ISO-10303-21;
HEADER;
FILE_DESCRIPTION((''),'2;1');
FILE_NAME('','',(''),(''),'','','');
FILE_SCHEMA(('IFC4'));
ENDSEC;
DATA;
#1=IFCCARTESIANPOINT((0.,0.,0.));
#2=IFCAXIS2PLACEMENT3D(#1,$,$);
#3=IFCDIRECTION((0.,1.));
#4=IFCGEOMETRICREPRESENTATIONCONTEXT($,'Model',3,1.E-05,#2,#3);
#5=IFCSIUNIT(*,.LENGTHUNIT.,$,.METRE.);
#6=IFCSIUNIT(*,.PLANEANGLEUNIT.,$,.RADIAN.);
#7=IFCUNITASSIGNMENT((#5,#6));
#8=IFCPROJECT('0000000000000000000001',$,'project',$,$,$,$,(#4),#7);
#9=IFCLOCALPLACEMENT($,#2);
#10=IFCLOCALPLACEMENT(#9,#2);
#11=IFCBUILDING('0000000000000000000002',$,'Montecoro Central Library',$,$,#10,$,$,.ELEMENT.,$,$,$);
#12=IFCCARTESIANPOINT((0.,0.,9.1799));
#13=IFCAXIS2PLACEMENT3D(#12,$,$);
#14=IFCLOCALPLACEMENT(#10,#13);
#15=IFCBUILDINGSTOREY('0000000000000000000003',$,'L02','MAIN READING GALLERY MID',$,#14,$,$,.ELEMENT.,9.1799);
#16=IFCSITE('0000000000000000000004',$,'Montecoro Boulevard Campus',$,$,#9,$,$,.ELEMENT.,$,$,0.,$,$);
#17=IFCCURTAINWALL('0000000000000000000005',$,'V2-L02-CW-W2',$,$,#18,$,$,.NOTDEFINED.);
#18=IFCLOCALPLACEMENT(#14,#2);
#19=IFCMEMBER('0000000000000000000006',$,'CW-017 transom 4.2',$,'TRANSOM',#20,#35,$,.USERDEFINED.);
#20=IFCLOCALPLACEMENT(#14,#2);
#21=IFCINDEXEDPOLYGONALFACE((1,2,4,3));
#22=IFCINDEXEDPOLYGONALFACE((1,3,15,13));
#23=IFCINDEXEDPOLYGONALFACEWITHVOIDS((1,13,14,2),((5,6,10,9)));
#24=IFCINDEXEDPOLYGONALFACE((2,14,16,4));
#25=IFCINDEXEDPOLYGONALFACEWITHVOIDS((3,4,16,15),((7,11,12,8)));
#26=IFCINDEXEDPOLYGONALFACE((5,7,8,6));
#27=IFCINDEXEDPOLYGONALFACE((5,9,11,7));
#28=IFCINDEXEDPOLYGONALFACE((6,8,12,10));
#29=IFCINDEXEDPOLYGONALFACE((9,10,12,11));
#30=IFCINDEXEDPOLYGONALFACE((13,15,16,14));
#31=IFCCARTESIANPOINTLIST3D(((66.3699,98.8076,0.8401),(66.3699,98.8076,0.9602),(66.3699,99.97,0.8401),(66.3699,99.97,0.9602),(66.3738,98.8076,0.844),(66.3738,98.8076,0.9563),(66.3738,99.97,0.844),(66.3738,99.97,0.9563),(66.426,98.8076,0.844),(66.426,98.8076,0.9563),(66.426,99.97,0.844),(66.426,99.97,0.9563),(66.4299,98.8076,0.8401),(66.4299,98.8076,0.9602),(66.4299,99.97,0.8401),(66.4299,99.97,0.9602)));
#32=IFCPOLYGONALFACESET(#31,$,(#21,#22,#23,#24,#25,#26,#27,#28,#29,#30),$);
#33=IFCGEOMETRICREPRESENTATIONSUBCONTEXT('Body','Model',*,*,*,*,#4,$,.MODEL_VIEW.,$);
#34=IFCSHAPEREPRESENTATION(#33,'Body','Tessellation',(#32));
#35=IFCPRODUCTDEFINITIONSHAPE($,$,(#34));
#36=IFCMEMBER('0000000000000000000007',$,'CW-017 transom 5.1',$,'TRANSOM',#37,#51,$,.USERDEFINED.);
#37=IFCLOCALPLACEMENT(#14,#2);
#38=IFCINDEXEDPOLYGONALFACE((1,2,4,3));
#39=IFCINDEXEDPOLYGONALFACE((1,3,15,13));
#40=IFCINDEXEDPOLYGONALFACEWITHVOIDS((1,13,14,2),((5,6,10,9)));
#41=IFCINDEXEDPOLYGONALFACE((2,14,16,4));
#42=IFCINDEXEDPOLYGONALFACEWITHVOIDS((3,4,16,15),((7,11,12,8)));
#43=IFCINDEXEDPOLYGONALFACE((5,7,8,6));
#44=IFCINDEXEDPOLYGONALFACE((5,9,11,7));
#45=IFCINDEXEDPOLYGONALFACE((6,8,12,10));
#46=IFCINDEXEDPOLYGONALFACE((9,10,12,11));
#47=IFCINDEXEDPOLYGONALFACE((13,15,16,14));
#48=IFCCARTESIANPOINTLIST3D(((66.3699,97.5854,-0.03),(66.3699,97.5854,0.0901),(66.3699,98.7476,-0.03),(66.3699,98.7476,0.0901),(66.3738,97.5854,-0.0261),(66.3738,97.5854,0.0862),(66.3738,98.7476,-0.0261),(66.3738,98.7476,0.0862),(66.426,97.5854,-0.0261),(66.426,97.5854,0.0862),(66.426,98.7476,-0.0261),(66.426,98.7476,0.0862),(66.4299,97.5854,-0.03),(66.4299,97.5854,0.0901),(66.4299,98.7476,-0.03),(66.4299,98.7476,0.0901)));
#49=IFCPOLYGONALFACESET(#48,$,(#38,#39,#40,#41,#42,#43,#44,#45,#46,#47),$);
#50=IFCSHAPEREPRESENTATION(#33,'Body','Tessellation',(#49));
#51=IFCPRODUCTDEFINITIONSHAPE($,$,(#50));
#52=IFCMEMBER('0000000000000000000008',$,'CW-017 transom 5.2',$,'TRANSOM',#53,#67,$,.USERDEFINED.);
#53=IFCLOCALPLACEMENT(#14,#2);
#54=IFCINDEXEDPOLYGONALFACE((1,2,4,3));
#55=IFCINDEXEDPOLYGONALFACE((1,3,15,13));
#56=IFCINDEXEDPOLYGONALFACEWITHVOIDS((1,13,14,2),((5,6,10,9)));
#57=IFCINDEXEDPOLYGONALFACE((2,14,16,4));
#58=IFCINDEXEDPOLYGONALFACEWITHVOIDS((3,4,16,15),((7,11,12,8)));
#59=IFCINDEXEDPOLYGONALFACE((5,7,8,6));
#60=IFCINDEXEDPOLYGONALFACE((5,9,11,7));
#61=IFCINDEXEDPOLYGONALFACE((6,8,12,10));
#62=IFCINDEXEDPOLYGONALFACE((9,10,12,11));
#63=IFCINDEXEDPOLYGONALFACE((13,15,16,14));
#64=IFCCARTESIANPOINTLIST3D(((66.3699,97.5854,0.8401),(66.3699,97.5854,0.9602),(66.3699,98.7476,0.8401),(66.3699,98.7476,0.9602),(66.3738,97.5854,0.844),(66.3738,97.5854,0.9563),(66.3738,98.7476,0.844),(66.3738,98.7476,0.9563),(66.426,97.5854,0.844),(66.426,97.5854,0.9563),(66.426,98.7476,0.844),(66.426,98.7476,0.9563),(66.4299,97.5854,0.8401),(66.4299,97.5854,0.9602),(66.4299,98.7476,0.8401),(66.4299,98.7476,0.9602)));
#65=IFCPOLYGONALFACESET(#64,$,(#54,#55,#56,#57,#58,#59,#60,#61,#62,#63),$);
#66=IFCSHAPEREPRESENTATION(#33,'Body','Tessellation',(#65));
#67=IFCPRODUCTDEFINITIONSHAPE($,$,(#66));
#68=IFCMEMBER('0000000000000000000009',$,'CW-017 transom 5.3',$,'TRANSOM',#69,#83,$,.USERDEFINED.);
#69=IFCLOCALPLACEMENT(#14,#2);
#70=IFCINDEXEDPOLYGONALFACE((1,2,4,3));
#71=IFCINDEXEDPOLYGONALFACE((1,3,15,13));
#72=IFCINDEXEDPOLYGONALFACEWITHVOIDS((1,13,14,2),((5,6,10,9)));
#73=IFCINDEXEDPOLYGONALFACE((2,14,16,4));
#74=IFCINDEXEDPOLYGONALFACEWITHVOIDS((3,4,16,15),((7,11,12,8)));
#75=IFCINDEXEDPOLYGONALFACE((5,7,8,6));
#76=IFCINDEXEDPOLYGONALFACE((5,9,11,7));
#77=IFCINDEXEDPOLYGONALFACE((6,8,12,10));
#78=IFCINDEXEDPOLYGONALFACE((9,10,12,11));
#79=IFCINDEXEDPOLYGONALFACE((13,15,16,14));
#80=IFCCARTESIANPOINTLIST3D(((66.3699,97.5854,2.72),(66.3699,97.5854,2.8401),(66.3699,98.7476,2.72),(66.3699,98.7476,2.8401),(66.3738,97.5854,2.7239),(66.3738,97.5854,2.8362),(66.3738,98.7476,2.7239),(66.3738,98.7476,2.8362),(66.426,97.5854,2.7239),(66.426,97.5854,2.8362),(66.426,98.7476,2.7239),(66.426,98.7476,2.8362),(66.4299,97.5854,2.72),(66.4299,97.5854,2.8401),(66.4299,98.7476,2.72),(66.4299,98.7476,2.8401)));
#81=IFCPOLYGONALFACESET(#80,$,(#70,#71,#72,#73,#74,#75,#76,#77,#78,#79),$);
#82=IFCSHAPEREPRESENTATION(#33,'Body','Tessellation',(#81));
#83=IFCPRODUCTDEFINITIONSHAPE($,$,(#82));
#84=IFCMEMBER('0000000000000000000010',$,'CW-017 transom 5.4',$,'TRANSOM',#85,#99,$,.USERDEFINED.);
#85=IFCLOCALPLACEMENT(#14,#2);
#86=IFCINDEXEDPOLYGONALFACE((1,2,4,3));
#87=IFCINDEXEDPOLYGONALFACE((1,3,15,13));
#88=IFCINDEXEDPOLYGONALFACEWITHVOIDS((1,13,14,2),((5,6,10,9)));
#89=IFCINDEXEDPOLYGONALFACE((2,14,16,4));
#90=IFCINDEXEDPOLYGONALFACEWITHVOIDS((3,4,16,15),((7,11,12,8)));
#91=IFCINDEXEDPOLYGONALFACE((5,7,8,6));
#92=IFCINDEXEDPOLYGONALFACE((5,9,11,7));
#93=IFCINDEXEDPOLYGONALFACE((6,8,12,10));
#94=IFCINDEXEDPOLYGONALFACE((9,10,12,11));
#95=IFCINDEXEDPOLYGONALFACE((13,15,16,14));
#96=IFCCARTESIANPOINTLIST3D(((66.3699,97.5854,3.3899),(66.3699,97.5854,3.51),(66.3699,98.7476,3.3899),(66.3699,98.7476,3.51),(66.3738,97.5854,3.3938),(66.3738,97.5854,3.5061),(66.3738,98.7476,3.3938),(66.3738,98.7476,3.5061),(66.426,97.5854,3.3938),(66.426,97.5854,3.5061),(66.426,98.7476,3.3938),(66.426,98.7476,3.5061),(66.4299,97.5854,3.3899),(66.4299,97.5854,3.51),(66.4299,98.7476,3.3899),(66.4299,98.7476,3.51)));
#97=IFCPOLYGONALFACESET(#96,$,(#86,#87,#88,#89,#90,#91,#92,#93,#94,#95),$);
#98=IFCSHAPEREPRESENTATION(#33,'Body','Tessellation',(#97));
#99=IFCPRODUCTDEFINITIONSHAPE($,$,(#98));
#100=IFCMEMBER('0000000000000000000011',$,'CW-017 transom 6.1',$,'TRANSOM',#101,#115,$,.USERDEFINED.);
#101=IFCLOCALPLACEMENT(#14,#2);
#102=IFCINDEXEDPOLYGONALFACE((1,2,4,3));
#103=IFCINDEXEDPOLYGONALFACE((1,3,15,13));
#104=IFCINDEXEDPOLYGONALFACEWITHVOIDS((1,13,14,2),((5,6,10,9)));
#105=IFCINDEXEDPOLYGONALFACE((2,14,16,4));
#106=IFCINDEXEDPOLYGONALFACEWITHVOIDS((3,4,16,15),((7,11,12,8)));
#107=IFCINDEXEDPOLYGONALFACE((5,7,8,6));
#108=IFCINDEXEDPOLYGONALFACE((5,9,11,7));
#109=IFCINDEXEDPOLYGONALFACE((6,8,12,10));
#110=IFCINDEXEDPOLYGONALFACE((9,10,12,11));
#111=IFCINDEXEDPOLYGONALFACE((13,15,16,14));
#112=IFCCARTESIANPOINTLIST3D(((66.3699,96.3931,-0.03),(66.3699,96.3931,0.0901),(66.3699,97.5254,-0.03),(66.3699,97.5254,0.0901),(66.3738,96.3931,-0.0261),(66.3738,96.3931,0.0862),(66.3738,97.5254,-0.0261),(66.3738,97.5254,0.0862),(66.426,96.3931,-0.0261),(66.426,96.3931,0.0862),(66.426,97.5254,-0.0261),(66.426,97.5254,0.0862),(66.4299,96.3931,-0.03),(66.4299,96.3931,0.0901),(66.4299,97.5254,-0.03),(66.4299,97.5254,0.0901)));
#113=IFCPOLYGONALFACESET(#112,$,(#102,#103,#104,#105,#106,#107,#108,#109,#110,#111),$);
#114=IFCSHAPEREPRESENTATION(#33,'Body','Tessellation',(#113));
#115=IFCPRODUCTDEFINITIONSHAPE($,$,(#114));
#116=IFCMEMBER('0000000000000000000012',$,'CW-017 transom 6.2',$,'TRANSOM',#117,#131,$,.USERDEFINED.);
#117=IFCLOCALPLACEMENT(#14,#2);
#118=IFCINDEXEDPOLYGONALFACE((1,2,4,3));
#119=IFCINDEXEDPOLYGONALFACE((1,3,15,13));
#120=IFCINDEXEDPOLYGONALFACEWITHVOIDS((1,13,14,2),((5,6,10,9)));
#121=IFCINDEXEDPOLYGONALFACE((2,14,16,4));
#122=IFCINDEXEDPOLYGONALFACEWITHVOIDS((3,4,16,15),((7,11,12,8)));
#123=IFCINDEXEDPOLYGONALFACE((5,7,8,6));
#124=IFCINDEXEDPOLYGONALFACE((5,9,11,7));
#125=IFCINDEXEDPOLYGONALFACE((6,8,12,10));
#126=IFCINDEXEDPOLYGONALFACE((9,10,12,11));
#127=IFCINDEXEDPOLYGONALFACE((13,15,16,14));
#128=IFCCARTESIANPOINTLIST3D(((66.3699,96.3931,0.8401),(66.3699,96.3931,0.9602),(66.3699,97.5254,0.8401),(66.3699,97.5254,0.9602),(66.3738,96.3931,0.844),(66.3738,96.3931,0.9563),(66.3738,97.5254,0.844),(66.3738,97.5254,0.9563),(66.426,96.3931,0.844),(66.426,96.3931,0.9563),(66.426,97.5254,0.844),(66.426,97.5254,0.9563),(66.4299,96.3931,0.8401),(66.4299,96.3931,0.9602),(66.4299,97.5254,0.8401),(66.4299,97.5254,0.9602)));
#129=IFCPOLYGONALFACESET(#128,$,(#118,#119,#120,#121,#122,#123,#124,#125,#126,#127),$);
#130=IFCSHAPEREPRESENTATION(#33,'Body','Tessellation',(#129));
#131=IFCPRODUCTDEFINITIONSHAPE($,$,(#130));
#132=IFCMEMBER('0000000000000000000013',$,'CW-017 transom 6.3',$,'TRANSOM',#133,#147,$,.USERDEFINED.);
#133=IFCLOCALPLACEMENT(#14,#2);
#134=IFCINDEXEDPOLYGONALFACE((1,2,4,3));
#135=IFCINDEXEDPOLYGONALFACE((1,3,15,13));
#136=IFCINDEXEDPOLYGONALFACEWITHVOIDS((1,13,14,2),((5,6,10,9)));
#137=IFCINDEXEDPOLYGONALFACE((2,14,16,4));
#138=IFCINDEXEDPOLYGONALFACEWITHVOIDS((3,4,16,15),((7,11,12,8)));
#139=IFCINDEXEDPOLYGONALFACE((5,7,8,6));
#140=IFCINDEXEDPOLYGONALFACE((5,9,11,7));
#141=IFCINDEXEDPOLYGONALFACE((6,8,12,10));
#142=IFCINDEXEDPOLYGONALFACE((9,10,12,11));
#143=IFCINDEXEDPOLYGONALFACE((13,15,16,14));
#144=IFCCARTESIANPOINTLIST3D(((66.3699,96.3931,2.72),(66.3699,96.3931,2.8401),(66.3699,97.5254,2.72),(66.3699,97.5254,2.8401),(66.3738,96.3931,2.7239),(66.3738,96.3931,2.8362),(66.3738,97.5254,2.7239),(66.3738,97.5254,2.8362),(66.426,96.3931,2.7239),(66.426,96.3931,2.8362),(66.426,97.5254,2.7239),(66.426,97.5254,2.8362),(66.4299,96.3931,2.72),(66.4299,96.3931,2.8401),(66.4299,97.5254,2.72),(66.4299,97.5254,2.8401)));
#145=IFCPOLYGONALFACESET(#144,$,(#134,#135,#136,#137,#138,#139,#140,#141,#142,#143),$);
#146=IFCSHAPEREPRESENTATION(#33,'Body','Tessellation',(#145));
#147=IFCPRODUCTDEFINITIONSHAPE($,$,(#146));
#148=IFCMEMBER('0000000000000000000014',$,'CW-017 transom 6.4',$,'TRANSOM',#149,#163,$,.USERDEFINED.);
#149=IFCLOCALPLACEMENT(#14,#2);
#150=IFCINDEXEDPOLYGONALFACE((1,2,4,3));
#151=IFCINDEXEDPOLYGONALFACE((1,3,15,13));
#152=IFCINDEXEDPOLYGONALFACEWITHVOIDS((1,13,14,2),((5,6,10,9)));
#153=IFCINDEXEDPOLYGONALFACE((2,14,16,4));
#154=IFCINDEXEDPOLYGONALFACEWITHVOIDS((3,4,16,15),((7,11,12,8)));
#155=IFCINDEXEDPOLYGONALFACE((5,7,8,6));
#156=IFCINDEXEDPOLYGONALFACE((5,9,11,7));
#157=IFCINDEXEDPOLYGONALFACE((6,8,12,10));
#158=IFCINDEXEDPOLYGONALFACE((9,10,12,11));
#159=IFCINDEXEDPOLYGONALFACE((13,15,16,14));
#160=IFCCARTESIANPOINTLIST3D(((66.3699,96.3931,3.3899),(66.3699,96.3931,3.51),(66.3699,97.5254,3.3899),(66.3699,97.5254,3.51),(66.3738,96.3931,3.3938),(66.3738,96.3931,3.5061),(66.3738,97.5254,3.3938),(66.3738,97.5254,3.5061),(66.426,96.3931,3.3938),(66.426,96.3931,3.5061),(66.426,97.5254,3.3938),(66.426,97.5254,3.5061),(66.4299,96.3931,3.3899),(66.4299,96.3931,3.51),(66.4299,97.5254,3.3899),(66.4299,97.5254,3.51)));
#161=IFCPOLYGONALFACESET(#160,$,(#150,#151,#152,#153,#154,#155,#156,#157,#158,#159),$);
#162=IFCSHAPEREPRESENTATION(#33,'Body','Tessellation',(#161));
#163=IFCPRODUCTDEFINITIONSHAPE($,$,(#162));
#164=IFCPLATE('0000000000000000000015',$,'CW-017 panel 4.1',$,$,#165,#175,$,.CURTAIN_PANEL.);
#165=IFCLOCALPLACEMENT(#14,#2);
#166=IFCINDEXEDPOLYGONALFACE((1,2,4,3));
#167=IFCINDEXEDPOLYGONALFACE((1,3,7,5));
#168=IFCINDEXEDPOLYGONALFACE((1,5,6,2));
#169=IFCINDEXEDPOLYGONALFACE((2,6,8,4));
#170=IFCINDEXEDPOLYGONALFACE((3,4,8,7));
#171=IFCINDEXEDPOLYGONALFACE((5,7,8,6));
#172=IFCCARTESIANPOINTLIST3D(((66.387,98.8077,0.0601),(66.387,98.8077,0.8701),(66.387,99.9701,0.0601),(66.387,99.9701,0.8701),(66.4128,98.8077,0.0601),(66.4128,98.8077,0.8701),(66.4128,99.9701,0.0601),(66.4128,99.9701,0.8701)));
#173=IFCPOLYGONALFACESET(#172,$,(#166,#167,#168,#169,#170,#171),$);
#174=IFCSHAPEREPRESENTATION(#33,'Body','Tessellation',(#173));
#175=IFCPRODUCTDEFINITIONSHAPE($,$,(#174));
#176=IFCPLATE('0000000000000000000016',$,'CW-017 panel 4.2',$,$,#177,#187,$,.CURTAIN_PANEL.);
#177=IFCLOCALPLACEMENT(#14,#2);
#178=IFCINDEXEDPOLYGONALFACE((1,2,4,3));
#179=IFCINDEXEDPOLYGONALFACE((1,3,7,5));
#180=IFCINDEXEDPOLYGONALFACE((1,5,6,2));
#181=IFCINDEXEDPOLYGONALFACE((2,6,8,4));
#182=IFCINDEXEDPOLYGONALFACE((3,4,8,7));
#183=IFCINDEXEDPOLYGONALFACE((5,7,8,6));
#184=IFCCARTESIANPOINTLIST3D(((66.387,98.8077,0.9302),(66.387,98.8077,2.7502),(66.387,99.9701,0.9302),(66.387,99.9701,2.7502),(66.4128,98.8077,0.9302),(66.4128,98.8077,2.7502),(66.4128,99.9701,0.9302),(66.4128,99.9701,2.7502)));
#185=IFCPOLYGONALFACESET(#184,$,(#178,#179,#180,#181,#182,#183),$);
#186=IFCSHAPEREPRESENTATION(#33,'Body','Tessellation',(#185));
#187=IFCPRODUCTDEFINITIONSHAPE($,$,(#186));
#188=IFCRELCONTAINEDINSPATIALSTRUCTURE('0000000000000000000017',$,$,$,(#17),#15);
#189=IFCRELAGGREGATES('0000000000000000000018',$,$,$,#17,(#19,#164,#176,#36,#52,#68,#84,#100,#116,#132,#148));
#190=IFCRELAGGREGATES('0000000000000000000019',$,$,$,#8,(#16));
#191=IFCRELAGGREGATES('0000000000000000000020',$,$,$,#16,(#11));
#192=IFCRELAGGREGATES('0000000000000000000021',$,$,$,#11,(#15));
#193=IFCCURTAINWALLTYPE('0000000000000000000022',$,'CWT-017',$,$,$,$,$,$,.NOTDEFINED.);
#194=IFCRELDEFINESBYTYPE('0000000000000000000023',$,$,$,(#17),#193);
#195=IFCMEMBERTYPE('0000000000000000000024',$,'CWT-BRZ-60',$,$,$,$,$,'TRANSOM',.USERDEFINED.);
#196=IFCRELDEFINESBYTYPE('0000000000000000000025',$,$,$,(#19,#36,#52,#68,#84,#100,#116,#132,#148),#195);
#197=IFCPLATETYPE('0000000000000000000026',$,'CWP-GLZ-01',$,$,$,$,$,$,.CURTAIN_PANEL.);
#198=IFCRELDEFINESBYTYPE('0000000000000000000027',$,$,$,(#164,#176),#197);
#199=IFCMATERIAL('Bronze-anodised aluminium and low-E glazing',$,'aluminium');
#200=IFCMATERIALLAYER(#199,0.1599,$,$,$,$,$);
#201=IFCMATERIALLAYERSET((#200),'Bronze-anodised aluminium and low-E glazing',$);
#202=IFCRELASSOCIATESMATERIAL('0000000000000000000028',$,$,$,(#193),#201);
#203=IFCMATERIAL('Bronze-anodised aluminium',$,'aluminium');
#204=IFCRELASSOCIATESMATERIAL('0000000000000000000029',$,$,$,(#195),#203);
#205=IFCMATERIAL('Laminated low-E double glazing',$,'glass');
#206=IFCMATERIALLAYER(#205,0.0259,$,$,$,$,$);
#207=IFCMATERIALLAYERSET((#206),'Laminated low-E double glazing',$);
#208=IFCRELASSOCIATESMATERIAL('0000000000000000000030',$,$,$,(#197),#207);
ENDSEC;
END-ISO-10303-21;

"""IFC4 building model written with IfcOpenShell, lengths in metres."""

from ifc_helpers import new_model, si_unit, direction, frame, origin, origin_2d, place, context, subcontext, project, spatial, rectangle, hollow_rectangle, extrude, material, layer, layer_set, material_profile, profile_set, type_object, element, aggregate, save


model = new_model("IFC4")

# Units and contexts
model_context = context("Model", 3, precision=1e-05, world=origin(), true_north=direction((0.0, 1.0)))
body_context = subcontext(model_context, "Body", "Model", "MODEL_VIEW")
ifc_project = project(units=[si_unit("LENGTHUNIT", "METRE"), si_unit("PLANEANGLEUNIT", "RADIAN")], contexts=[model_context])

# Site, building, storey
site_placement = place(None, origin())
site = spatial("IfcSite", under=ifc_project, at=site_placement, Name="Montecoro Boulevard Campus", CompositionType="ELEMENT", RefElevation=0.0)
building_placement = place(site_placement, origin())
building = spatial("IfcBuilding", under=site, at=building_placement, Name="Montecoro Central Library", CompositionType="ELEMENT")
storey_placement = place(building_placement, frame((0.0, 0.0, 9.1799)))
storey = spatial("IfcBuildingStorey", under=building, at=storey_placement, Name="L02", Description="MAIN READING GALLERY MID", CompositionType="ELEMENT", Elevation=9.1799)

# Curtain wall, members, plates
ifc_material_1 = material(Name="Bronze-anodised aluminium and low-E glazing", Category="aluminium")
ifc_layer_1 = layer(ifc_material_1, 0.1599)
ifc_layer_set_1 = layer_set([ifc_layer_1], Name="Bronze-anodised aluminium and low-E glazing")
curtain_wall_type = type_object("IfcCurtainWallType", Name="CWT-017", PredefinedType="NOTDEFINED", material=ifc_layer_set_1)
curtain_wall_placement = place(storey_placement, origin())
curtain_wall = element("IfcCurtainWall", 1, at=curtain_wall_placement, inside=storey, type_object=curtain_wall_type, Name="V2-L02-CW-W2", PredefinedType="NOTDEFINED")
ifc_material_2 = material(Name="Bronze-anodised aluminium", Category="aluminium")
ifc_material_profile_1 = material_profile(ifc_material_2, hollow_rectangle(XDim=0.0601, YDim=0.1201, WallThickness=0.0039, at=origin_2d()), Name="CWT 120x60x4.0")
ifc_profile_set_1 = profile_set([ifc_material_profile_1], Name="Bronze-anodised aluminium")
member_type_1 = type_object("IfcMemberType", Name="CWT-BRZ-60", ElementType="TRANSOM", PredefinedType="USERDEFINED", material=ifc_profile_set_1)
member_1_placement = place(storey_placement, frame((66.3999, 99.97, 0.9001), z_axis=(0.0, -1.0, 0.0), x_axis=(1.0, 0.0, 0.0)))
member_1 = element("IfcMember", 2, at=member_1_placement, type_object=member_type_1, Name="CW-017 transom 4.2", ObjectType="TRANSOM", PredefinedType="USERDEFINED", context=body_context, shape_type="SweptSolid", body=[
    extrude(hollow_rectangle(XDim=0.0601, YDim=0.1201, WallThickness=0.0039, at=origin_2d()), origin(), (0.0, 0.0, 1.0), 1.1624),
])
member_2_placement = place(storey_placement, frame((66.3999, 98.7476, 0.03), z_axis=(0.0, -1.0, 0.0), x_axis=(1.0, 0.0, 0.0)))
member_2 = element("IfcMember", 3, at=member_2_placement, type_object=member_type_1, Name="CW-017 transom 5.1", ObjectType="TRANSOM", PredefinedType="USERDEFINED", context=body_context, shape_type="SweptSolid", body=[
    extrude(hollow_rectangle(XDim=0.0601, YDim=0.1201, WallThickness=0.0039, at=origin_2d()), origin(), (0.0, 0.0, 1.0), 1.1621),
])
member_3_placement = place(storey_placement, frame((66.3999, 98.7476, 0.9001), z_axis=(0.0, -1.0, 0.0), x_axis=(1.0, 0.0, 0.0)))
member_3 = element("IfcMember", 4, at=member_3_placement, type_object=member_type_1, Name="CW-017 transom 5.2", ObjectType="TRANSOM", PredefinedType="USERDEFINED", context=body_context, shape_type="SweptSolid", body=[
    extrude(hollow_rectangle(XDim=0.0601, YDim=0.1201, WallThickness=0.0039, at=origin_2d()), origin(), (0.0, 0.0, 1.0), 1.1621),
])
member_4_placement = place(storey_placement, frame((66.3999, 98.7476, 2.78), z_axis=(0.0, -1.0, 0.0), x_axis=(1.0, 0.0, 0.0)))
member_4 = element("IfcMember", 5, at=member_4_placement, type_object=member_type_1, Name="CW-017 transom 5.3", ObjectType="TRANSOM", PredefinedType="USERDEFINED", context=body_context, shape_type="SweptSolid", body=[
    extrude(hollow_rectangle(XDim=0.0601, YDim=0.1201, WallThickness=0.0039, at=origin_2d()), origin(), (0.0, 0.0, 1.0), 1.1621),
])
member_5_placement = place(storey_placement, frame((66.3999, 98.7476, 3.45), z_axis=(0.0, -1.0, 0.0), x_axis=(1.0, 0.0, 0.0)))
member_5 = element("IfcMember", 6, at=member_5_placement, type_object=member_type_1, Name="CW-017 transom 5.4", ObjectType="TRANSOM", PredefinedType="USERDEFINED", context=body_context, shape_type="SweptSolid", body=[
    extrude(hollow_rectangle(XDim=0.0601, YDim=0.1201, WallThickness=0.0039, at=origin_2d()), origin(), (0.0, 0.0, 1.0), 1.1621),
])
member_6_placement = place(storey_placement, frame((66.3999, 97.5254, 0.03), z_axis=(0.0, -1.0, 0.0), x_axis=(1.0, 0.0, 0.0)))
member_6 = element("IfcMember", 7, at=member_6_placement, type_object=member_type_1, Name="CW-017 transom 6.1", ObjectType="TRANSOM", PredefinedType="USERDEFINED", context=body_context, shape_type="SweptSolid", body=[
    extrude(hollow_rectangle(XDim=0.0601, YDim=0.1201, WallThickness=0.0039, at=origin_2d()), origin(), (0.0, 0.0, 1.0), 1.1323),
])
member_7_placement = place(storey_placement, frame((66.3999, 97.5254, 0.9001), z_axis=(0.0, -1.0, 0.0), x_axis=(1.0, 0.0, 0.0)))
member_7 = element("IfcMember", 8, at=member_7_placement, type_object=member_type_1, Name="CW-017 transom 6.2", ObjectType="TRANSOM", PredefinedType="USERDEFINED", context=body_context, shape_type="SweptSolid", body=[
    extrude(hollow_rectangle(XDim=0.0601, YDim=0.1201, WallThickness=0.0039, at=origin_2d()), origin(), (0.0, 0.0, 1.0), 1.1323),
])
member_8_placement = place(storey_placement, frame((66.3999, 97.5254, 2.78), z_axis=(0.0, -1.0, 0.0), x_axis=(1.0, 0.0, 0.0)))
member_8 = element("IfcMember", 9, at=member_8_placement, type_object=member_type_1, Name="CW-017 transom 6.3", ObjectType="TRANSOM", PredefinedType="USERDEFINED", context=body_context, shape_type="SweptSolid", body=[
    extrude(hollow_rectangle(XDim=0.0601, YDim=0.1201, WallThickness=0.0039, at=origin_2d()), origin(), (0.0, 0.0, 1.0), 1.1323),
])
member_9_placement = place(storey_placement, frame((66.3999, 97.5254, 3.45), z_axis=(0.0, -1.0, 0.0), x_axis=(1.0, 0.0, 0.0)))
member_9 = element("IfcMember", 10, at=member_9_placement, type_object=member_type_1, Name="CW-017 transom 6.4", ObjectType="TRANSOM", PredefinedType="USERDEFINED", context=body_context, shape_type="SweptSolid", body=[
    extrude(hollow_rectangle(XDim=0.0601, YDim=0.1201, WallThickness=0.0039, at=origin_2d()), origin(), (0.0, 0.0, 1.0), 1.1323),
])
ifc_material_3 = material(Name="Laminated low-E double glazing", Category="glass")
ifc_layer_2 = layer(ifc_material_3, 0.0259)
ifc_layer_set_2 = layer_set([ifc_layer_2], Name="Laminated low-E double glazing")
plate_type = type_object("IfcPlateType", Name="CWP-GLZ-01", PredefinedType="CURTAIN_PANEL", material=ifc_layer_set_2)
plate_1_placement = place(storey_placement, frame((66.3999, 99.3889, 0.0601), z_axis=(0.0, 0.0, 1.0), x_axis=(0.0, -1.0, 0.0)))
plate_1 = element("IfcPlate", 11, at=plate_1_placement, type_object=plate_type, Name="CW-017 panel 4.1", PredefinedType="CURTAIN_PANEL", context=body_context, shape_type="SweptSolid", body=[
    extrude(rectangle(XDim=1.1624, YDim=0.0259, at=origin_2d()), origin(), (0.0, 0.0, 1.0), 0.8101),
])
plate_2_placement = place(storey_placement, frame((66.3999, 99.3889, 0.9302), z_axis=(0.0, 0.0, 1.0), x_axis=(0.0, -1.0, 0.0)))
plate_2 = element("IfcPlate", 12, at=plate_2_placement, type_object=plate_type, Name="CW-017 panel 4.2", PredefinedType="CURTAIN_PANEL", context=body_context, shape_type="SweptSolid", body=[
    extrude(rectangle(XDim=1.1624, YDim=0.0259, at=origin_2d()), origin(), (0.0, 0.0, 1.0), 1.8201),
])
aggregate(curtain_wall, [member_1, plate_1, plate_2, member_2, member_3, member_4, member_5, member_6, member_7, member_8, member_9])

save(model, "model.ifc")
